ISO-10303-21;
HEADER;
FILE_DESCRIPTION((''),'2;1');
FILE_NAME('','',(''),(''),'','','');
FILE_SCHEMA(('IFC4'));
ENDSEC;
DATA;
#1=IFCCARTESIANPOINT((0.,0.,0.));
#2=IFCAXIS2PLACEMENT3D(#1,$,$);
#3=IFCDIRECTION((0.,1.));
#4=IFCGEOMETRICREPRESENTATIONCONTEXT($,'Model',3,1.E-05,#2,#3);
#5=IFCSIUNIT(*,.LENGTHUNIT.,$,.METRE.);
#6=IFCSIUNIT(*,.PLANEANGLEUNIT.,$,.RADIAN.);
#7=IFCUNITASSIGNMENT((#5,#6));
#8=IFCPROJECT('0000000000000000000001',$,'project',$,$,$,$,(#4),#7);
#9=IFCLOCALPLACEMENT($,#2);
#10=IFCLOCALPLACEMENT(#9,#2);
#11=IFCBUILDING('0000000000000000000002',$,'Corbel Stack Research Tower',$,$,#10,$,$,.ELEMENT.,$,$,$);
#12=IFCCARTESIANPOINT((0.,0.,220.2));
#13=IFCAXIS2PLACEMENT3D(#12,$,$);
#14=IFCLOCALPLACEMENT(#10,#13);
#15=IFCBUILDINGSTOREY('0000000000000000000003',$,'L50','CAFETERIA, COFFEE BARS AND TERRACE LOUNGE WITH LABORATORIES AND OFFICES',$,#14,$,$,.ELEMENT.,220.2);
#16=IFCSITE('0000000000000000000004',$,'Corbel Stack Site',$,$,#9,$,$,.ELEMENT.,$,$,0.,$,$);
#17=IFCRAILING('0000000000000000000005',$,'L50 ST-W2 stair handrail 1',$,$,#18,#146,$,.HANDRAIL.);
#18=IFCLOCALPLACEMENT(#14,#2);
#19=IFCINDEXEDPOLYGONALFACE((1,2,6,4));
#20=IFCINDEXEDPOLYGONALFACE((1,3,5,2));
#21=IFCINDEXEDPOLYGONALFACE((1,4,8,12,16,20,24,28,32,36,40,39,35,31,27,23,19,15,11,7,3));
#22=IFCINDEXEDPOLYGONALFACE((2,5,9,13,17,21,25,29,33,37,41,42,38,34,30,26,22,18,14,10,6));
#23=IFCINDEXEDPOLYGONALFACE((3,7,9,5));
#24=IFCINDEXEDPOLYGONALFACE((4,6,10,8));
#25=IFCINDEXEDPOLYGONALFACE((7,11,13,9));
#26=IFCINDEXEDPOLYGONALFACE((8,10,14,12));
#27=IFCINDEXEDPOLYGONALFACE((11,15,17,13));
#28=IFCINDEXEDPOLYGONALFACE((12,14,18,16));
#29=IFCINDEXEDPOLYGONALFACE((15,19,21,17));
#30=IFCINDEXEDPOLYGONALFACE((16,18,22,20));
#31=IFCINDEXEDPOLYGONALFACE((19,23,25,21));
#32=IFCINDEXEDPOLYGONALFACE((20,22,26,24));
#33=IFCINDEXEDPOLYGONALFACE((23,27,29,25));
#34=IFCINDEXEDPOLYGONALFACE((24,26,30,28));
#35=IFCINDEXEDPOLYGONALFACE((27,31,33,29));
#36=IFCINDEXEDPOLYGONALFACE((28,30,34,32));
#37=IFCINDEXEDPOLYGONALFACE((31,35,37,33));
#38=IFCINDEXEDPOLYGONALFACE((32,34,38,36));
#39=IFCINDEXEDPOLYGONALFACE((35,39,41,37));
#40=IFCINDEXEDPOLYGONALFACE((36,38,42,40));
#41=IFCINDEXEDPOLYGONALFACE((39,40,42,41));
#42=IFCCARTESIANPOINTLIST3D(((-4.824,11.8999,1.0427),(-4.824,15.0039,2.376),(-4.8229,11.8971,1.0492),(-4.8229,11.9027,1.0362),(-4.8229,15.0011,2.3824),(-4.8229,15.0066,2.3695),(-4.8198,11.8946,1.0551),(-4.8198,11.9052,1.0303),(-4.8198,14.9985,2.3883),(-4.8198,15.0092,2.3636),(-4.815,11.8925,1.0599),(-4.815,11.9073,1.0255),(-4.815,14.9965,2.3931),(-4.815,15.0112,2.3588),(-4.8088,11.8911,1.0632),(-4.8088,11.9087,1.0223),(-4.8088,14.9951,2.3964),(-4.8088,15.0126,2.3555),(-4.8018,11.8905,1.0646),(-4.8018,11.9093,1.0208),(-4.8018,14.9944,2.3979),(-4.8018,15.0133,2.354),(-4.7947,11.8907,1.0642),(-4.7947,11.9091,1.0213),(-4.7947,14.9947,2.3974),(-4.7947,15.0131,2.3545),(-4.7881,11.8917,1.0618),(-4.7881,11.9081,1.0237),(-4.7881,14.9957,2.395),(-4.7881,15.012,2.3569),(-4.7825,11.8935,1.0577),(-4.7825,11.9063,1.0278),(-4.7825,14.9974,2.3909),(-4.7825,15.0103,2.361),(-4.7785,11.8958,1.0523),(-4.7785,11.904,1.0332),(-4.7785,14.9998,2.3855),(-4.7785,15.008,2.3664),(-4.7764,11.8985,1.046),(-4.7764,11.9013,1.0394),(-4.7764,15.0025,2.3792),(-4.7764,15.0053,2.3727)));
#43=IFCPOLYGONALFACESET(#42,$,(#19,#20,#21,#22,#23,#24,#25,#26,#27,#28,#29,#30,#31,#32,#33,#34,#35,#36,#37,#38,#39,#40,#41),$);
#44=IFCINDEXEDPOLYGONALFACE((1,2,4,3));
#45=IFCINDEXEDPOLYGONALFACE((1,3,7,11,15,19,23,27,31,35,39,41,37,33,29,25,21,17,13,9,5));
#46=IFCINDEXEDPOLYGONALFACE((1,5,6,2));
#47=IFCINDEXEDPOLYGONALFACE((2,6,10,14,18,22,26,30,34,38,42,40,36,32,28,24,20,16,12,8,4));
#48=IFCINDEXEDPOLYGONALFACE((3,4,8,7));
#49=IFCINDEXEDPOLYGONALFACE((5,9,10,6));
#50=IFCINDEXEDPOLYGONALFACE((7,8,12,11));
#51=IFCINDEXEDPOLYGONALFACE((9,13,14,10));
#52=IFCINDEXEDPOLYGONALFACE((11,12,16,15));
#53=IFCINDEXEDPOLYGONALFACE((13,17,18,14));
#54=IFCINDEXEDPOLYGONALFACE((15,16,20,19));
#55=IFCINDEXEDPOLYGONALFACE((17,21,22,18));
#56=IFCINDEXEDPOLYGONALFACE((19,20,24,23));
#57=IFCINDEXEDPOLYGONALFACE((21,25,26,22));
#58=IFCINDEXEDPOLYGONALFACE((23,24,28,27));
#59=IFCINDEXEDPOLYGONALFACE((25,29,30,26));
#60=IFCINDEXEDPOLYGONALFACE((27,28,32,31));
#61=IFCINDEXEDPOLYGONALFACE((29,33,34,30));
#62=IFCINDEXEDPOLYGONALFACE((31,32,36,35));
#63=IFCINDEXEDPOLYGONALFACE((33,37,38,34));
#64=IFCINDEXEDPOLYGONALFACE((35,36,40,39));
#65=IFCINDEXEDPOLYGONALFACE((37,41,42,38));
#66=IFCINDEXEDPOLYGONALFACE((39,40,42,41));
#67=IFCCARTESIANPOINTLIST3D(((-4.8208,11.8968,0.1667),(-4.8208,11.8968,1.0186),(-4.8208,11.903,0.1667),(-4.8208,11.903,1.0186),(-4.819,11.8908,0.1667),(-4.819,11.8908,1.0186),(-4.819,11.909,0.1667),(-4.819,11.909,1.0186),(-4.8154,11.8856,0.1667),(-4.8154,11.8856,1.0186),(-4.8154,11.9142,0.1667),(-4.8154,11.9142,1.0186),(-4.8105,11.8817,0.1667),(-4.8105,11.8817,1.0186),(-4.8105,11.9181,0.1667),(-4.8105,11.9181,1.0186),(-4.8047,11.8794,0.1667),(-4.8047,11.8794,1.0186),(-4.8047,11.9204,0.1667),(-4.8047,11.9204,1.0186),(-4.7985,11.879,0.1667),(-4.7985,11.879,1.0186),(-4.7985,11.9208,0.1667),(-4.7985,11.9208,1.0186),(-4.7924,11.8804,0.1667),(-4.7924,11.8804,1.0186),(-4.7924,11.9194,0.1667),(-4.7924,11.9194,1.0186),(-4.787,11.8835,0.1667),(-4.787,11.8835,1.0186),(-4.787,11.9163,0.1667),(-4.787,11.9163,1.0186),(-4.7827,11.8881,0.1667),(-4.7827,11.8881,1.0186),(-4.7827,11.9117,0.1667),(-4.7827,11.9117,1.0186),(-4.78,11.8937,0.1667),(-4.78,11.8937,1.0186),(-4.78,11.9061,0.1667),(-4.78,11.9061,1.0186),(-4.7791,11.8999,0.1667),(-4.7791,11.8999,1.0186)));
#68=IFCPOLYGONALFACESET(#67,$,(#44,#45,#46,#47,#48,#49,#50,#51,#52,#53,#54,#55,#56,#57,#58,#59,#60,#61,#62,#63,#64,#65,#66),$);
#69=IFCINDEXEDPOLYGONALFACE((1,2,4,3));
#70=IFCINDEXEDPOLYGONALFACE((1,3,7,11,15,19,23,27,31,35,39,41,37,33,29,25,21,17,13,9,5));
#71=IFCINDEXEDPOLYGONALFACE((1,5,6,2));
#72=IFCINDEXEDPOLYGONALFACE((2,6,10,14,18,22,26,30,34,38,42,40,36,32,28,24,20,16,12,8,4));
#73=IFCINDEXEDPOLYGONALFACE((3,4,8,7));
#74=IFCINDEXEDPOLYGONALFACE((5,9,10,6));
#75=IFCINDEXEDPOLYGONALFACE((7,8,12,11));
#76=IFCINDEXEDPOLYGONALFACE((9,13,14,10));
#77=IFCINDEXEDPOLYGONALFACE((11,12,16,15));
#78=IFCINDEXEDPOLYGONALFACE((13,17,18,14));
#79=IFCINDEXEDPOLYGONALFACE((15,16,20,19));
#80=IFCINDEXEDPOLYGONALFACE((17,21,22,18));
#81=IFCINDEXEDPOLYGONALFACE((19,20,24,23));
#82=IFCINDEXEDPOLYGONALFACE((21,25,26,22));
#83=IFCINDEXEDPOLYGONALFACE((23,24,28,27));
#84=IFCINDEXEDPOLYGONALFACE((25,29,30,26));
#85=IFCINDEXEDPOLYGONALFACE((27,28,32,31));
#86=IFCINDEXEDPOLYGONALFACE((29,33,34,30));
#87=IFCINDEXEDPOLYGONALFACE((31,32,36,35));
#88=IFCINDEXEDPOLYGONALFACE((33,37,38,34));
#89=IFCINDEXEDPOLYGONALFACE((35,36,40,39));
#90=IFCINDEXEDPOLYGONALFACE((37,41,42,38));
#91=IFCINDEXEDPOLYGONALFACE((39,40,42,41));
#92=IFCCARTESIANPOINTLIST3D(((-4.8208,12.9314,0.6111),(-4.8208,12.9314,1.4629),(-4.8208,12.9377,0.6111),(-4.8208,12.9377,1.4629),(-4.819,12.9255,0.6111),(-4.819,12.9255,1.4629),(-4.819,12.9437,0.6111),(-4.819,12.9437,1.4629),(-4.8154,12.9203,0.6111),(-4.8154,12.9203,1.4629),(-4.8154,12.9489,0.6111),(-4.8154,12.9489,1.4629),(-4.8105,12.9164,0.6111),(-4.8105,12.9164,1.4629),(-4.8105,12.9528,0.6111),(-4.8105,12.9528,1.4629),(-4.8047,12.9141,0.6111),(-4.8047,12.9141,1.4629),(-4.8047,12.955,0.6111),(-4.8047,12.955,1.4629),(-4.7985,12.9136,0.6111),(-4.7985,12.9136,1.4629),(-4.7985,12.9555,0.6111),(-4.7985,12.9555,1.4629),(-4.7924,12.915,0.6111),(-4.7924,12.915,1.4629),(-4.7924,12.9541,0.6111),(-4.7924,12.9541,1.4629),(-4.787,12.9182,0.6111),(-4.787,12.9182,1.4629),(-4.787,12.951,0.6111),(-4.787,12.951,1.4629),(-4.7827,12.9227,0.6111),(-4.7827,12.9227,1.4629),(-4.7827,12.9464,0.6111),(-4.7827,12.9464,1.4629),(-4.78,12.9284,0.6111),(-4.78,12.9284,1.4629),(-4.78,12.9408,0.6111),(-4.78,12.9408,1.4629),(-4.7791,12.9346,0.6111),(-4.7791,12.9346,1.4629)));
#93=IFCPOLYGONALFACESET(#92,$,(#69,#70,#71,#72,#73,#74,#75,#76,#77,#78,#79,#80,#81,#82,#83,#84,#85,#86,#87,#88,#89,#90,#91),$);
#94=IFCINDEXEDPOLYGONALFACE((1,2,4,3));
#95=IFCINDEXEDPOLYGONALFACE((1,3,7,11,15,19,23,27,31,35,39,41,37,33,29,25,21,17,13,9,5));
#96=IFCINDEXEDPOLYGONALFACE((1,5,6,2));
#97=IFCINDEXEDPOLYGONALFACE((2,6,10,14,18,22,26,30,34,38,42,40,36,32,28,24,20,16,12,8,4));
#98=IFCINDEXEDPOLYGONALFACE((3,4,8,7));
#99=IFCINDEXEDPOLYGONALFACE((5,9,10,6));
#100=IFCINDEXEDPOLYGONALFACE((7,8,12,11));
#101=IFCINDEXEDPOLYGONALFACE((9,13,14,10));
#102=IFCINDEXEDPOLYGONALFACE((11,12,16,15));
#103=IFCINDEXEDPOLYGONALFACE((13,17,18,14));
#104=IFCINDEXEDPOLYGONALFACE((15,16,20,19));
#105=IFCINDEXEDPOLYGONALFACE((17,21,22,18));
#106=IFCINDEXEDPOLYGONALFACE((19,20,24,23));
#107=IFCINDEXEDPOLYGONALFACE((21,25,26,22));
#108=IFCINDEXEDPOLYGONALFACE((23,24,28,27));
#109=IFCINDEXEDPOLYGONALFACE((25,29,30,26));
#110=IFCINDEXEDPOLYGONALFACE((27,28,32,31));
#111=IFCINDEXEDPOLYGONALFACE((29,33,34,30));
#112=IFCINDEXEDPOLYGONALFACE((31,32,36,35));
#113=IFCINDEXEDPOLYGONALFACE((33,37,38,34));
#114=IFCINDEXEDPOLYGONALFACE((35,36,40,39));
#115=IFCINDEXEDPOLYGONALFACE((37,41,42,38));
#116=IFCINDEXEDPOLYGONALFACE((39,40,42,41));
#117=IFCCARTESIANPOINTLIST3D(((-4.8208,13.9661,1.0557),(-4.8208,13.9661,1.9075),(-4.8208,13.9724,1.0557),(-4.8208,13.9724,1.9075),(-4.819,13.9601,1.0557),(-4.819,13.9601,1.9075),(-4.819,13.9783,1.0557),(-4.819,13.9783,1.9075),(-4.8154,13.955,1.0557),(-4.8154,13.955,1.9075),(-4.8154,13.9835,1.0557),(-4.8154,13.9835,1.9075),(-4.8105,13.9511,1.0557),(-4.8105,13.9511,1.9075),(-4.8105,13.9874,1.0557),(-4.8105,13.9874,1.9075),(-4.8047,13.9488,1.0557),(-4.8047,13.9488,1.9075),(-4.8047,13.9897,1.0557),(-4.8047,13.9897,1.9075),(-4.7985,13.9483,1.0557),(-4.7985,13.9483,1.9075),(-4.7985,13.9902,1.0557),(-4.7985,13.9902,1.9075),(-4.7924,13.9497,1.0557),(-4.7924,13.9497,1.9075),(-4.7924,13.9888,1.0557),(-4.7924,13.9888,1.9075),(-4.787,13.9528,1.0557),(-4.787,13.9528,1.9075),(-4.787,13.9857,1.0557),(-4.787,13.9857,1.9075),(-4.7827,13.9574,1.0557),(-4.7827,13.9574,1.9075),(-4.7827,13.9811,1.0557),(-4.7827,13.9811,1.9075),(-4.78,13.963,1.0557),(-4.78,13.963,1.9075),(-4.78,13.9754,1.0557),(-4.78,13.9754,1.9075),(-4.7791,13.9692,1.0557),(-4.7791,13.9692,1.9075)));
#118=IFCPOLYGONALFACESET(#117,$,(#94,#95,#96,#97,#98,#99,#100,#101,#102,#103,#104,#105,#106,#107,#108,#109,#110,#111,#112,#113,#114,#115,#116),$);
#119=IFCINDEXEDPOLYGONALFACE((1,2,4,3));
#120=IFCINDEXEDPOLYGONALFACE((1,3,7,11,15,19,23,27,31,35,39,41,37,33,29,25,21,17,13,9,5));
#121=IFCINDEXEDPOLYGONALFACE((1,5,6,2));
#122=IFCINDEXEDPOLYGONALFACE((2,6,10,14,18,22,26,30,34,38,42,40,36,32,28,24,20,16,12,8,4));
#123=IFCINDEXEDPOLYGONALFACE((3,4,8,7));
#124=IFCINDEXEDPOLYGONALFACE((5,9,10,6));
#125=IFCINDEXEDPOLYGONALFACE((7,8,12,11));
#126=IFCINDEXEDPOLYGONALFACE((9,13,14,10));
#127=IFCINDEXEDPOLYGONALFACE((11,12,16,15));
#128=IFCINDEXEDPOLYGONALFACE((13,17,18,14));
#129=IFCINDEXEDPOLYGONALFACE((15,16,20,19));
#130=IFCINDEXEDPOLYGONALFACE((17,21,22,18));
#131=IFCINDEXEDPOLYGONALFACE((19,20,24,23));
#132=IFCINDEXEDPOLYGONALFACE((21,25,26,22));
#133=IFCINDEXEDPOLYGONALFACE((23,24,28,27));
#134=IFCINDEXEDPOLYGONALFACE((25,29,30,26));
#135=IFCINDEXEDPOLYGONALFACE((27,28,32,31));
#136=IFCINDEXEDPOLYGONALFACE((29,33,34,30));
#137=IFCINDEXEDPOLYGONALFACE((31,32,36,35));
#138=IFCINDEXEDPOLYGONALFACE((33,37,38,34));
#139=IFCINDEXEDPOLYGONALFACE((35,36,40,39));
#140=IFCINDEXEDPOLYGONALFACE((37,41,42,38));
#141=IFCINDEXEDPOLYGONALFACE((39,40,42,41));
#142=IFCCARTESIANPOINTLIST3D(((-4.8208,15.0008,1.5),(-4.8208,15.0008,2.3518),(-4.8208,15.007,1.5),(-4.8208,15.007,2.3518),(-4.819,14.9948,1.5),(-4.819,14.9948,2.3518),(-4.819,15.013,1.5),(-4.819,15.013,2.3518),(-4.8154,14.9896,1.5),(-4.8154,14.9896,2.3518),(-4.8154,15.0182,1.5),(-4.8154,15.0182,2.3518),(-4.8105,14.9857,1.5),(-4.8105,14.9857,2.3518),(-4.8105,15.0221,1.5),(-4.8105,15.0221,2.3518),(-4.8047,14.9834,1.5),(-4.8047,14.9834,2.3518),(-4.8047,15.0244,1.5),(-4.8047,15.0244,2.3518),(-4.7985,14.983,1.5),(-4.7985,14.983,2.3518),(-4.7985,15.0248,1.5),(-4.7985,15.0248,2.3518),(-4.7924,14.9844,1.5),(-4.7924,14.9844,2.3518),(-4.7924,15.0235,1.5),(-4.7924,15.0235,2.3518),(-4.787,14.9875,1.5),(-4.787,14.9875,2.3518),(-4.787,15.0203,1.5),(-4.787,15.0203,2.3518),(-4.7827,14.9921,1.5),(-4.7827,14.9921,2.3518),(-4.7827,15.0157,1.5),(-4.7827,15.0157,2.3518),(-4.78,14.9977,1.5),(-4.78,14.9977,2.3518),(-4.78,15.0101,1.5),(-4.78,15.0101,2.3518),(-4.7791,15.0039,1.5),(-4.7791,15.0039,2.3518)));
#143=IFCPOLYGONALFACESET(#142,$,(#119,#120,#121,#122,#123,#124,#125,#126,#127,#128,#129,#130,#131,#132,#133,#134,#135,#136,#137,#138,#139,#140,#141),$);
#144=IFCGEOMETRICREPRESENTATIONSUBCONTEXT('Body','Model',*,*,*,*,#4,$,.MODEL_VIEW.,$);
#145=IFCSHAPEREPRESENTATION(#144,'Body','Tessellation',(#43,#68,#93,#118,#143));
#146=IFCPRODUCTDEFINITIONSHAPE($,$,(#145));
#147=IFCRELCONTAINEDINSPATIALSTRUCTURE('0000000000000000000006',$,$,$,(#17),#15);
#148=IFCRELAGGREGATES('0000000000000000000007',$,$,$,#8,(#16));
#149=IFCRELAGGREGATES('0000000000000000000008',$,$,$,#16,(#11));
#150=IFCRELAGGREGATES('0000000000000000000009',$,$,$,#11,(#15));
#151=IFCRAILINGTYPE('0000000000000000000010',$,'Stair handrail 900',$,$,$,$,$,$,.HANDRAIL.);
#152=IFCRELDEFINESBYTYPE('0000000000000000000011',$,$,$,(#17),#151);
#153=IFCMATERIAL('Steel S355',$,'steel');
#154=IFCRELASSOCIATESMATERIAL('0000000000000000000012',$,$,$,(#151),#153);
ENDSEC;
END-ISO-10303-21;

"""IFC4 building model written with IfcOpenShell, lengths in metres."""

from ifc_helpers import new_model, si_unit, direction, frame, origin, origin_2d, place, context, subcontext, project, spatial, circle, extrude, material, type_object, element, save


model = new_model("IFC4")

# Units and contexts
model_context = context("Model", 3, precision=1e-05, world=origin(), true_north=direction((0.0, 1.0)))
body_context = subcontext(model_context, "Body", "Model", "MODEL_VIEW")
ifc_project = project(units=[si_unit("LENGTHUNIT", "METRE"), si_unit("PLANEANGLEUNIT", "RADIAN")], contexts=[model_context])

# Site, building, storey
site_placement = place(None, origin())
site = spatial("IfcSite", under=ifc_project, at=site_placement, Name="Corbel Stack Site", CompositionType="ELEMENT", RefElevation=0.0)
building_placement = place(site_placement, origin())
building = spatial("IfcBuilding", under=site, at=building_placement, Name="Corbel Stack Research Tower", CompositionType="ELEMENT")
storey_placement = place(building_placement, frame((0.0, 0.0, 220.2)))
storey = spatial("IfcBuildingStorey", under=building, at=storey_placement, Name="L50", Description="CAFETERIA, COFFEE BARS AND TERRACE LOUNGE WITH LABORATORIES AND OFFICES", CompositionType="ELEMENT", Elevation=220.2)

# Railing
ifc_material_1 = material(Name="Steel S355", Category="steel")
railing_type_1 = type_object("IfcRailingType", Name="Stair handrail 900", PredefinedType="HANDRAIL", material=ifc_material_1)
for number, where, name in (
    (1, (-4.8, 11.8999, 0.1667), "L50 ST-W2 stair handrail 1"),
):
    element("IfcRailing", number, at=place(storey_placement, frame(where)), inside=storey, type_object=railing_type_1, Name=name, PredefinedType="HANDRAIL", context=body_context, shape_type="SweptSolid", body=[
        extrude(circle(Radius=0.0239, at=origin_2d()), frame((0.0, 0.0, 0.876), z_axis=(0.0, 0.918827, 0.394661), x_axis=(-1.0, 0.0, 0.0)), (0.0, 0.0, 1.0), 3.3782),
        extrude(circle(Radius=0.021, at=origin_2d()), origin(), (0.0, 0.0, 1.0), 0.8518),
        extrude(circle(Radius=0.021, at=origin_2d()), frame((0.0, 1.0347, 0.4443)), (0.0, 0.0, 1.0), 0.8518),
        extrude(circle(Radius=0.021, at=origin_2d()), frame((0.0, 2.0693, 0.8889)), (0.0, 0.0, 1.0), 0.8518),
        extrude(circle(Radius=0.021, at=origin_2d()), frame((0.0, 3.104, 1.3333)), (0.0, 0.0, 1.0), 0.8518),
    ])

save(model, "model.ifc")
